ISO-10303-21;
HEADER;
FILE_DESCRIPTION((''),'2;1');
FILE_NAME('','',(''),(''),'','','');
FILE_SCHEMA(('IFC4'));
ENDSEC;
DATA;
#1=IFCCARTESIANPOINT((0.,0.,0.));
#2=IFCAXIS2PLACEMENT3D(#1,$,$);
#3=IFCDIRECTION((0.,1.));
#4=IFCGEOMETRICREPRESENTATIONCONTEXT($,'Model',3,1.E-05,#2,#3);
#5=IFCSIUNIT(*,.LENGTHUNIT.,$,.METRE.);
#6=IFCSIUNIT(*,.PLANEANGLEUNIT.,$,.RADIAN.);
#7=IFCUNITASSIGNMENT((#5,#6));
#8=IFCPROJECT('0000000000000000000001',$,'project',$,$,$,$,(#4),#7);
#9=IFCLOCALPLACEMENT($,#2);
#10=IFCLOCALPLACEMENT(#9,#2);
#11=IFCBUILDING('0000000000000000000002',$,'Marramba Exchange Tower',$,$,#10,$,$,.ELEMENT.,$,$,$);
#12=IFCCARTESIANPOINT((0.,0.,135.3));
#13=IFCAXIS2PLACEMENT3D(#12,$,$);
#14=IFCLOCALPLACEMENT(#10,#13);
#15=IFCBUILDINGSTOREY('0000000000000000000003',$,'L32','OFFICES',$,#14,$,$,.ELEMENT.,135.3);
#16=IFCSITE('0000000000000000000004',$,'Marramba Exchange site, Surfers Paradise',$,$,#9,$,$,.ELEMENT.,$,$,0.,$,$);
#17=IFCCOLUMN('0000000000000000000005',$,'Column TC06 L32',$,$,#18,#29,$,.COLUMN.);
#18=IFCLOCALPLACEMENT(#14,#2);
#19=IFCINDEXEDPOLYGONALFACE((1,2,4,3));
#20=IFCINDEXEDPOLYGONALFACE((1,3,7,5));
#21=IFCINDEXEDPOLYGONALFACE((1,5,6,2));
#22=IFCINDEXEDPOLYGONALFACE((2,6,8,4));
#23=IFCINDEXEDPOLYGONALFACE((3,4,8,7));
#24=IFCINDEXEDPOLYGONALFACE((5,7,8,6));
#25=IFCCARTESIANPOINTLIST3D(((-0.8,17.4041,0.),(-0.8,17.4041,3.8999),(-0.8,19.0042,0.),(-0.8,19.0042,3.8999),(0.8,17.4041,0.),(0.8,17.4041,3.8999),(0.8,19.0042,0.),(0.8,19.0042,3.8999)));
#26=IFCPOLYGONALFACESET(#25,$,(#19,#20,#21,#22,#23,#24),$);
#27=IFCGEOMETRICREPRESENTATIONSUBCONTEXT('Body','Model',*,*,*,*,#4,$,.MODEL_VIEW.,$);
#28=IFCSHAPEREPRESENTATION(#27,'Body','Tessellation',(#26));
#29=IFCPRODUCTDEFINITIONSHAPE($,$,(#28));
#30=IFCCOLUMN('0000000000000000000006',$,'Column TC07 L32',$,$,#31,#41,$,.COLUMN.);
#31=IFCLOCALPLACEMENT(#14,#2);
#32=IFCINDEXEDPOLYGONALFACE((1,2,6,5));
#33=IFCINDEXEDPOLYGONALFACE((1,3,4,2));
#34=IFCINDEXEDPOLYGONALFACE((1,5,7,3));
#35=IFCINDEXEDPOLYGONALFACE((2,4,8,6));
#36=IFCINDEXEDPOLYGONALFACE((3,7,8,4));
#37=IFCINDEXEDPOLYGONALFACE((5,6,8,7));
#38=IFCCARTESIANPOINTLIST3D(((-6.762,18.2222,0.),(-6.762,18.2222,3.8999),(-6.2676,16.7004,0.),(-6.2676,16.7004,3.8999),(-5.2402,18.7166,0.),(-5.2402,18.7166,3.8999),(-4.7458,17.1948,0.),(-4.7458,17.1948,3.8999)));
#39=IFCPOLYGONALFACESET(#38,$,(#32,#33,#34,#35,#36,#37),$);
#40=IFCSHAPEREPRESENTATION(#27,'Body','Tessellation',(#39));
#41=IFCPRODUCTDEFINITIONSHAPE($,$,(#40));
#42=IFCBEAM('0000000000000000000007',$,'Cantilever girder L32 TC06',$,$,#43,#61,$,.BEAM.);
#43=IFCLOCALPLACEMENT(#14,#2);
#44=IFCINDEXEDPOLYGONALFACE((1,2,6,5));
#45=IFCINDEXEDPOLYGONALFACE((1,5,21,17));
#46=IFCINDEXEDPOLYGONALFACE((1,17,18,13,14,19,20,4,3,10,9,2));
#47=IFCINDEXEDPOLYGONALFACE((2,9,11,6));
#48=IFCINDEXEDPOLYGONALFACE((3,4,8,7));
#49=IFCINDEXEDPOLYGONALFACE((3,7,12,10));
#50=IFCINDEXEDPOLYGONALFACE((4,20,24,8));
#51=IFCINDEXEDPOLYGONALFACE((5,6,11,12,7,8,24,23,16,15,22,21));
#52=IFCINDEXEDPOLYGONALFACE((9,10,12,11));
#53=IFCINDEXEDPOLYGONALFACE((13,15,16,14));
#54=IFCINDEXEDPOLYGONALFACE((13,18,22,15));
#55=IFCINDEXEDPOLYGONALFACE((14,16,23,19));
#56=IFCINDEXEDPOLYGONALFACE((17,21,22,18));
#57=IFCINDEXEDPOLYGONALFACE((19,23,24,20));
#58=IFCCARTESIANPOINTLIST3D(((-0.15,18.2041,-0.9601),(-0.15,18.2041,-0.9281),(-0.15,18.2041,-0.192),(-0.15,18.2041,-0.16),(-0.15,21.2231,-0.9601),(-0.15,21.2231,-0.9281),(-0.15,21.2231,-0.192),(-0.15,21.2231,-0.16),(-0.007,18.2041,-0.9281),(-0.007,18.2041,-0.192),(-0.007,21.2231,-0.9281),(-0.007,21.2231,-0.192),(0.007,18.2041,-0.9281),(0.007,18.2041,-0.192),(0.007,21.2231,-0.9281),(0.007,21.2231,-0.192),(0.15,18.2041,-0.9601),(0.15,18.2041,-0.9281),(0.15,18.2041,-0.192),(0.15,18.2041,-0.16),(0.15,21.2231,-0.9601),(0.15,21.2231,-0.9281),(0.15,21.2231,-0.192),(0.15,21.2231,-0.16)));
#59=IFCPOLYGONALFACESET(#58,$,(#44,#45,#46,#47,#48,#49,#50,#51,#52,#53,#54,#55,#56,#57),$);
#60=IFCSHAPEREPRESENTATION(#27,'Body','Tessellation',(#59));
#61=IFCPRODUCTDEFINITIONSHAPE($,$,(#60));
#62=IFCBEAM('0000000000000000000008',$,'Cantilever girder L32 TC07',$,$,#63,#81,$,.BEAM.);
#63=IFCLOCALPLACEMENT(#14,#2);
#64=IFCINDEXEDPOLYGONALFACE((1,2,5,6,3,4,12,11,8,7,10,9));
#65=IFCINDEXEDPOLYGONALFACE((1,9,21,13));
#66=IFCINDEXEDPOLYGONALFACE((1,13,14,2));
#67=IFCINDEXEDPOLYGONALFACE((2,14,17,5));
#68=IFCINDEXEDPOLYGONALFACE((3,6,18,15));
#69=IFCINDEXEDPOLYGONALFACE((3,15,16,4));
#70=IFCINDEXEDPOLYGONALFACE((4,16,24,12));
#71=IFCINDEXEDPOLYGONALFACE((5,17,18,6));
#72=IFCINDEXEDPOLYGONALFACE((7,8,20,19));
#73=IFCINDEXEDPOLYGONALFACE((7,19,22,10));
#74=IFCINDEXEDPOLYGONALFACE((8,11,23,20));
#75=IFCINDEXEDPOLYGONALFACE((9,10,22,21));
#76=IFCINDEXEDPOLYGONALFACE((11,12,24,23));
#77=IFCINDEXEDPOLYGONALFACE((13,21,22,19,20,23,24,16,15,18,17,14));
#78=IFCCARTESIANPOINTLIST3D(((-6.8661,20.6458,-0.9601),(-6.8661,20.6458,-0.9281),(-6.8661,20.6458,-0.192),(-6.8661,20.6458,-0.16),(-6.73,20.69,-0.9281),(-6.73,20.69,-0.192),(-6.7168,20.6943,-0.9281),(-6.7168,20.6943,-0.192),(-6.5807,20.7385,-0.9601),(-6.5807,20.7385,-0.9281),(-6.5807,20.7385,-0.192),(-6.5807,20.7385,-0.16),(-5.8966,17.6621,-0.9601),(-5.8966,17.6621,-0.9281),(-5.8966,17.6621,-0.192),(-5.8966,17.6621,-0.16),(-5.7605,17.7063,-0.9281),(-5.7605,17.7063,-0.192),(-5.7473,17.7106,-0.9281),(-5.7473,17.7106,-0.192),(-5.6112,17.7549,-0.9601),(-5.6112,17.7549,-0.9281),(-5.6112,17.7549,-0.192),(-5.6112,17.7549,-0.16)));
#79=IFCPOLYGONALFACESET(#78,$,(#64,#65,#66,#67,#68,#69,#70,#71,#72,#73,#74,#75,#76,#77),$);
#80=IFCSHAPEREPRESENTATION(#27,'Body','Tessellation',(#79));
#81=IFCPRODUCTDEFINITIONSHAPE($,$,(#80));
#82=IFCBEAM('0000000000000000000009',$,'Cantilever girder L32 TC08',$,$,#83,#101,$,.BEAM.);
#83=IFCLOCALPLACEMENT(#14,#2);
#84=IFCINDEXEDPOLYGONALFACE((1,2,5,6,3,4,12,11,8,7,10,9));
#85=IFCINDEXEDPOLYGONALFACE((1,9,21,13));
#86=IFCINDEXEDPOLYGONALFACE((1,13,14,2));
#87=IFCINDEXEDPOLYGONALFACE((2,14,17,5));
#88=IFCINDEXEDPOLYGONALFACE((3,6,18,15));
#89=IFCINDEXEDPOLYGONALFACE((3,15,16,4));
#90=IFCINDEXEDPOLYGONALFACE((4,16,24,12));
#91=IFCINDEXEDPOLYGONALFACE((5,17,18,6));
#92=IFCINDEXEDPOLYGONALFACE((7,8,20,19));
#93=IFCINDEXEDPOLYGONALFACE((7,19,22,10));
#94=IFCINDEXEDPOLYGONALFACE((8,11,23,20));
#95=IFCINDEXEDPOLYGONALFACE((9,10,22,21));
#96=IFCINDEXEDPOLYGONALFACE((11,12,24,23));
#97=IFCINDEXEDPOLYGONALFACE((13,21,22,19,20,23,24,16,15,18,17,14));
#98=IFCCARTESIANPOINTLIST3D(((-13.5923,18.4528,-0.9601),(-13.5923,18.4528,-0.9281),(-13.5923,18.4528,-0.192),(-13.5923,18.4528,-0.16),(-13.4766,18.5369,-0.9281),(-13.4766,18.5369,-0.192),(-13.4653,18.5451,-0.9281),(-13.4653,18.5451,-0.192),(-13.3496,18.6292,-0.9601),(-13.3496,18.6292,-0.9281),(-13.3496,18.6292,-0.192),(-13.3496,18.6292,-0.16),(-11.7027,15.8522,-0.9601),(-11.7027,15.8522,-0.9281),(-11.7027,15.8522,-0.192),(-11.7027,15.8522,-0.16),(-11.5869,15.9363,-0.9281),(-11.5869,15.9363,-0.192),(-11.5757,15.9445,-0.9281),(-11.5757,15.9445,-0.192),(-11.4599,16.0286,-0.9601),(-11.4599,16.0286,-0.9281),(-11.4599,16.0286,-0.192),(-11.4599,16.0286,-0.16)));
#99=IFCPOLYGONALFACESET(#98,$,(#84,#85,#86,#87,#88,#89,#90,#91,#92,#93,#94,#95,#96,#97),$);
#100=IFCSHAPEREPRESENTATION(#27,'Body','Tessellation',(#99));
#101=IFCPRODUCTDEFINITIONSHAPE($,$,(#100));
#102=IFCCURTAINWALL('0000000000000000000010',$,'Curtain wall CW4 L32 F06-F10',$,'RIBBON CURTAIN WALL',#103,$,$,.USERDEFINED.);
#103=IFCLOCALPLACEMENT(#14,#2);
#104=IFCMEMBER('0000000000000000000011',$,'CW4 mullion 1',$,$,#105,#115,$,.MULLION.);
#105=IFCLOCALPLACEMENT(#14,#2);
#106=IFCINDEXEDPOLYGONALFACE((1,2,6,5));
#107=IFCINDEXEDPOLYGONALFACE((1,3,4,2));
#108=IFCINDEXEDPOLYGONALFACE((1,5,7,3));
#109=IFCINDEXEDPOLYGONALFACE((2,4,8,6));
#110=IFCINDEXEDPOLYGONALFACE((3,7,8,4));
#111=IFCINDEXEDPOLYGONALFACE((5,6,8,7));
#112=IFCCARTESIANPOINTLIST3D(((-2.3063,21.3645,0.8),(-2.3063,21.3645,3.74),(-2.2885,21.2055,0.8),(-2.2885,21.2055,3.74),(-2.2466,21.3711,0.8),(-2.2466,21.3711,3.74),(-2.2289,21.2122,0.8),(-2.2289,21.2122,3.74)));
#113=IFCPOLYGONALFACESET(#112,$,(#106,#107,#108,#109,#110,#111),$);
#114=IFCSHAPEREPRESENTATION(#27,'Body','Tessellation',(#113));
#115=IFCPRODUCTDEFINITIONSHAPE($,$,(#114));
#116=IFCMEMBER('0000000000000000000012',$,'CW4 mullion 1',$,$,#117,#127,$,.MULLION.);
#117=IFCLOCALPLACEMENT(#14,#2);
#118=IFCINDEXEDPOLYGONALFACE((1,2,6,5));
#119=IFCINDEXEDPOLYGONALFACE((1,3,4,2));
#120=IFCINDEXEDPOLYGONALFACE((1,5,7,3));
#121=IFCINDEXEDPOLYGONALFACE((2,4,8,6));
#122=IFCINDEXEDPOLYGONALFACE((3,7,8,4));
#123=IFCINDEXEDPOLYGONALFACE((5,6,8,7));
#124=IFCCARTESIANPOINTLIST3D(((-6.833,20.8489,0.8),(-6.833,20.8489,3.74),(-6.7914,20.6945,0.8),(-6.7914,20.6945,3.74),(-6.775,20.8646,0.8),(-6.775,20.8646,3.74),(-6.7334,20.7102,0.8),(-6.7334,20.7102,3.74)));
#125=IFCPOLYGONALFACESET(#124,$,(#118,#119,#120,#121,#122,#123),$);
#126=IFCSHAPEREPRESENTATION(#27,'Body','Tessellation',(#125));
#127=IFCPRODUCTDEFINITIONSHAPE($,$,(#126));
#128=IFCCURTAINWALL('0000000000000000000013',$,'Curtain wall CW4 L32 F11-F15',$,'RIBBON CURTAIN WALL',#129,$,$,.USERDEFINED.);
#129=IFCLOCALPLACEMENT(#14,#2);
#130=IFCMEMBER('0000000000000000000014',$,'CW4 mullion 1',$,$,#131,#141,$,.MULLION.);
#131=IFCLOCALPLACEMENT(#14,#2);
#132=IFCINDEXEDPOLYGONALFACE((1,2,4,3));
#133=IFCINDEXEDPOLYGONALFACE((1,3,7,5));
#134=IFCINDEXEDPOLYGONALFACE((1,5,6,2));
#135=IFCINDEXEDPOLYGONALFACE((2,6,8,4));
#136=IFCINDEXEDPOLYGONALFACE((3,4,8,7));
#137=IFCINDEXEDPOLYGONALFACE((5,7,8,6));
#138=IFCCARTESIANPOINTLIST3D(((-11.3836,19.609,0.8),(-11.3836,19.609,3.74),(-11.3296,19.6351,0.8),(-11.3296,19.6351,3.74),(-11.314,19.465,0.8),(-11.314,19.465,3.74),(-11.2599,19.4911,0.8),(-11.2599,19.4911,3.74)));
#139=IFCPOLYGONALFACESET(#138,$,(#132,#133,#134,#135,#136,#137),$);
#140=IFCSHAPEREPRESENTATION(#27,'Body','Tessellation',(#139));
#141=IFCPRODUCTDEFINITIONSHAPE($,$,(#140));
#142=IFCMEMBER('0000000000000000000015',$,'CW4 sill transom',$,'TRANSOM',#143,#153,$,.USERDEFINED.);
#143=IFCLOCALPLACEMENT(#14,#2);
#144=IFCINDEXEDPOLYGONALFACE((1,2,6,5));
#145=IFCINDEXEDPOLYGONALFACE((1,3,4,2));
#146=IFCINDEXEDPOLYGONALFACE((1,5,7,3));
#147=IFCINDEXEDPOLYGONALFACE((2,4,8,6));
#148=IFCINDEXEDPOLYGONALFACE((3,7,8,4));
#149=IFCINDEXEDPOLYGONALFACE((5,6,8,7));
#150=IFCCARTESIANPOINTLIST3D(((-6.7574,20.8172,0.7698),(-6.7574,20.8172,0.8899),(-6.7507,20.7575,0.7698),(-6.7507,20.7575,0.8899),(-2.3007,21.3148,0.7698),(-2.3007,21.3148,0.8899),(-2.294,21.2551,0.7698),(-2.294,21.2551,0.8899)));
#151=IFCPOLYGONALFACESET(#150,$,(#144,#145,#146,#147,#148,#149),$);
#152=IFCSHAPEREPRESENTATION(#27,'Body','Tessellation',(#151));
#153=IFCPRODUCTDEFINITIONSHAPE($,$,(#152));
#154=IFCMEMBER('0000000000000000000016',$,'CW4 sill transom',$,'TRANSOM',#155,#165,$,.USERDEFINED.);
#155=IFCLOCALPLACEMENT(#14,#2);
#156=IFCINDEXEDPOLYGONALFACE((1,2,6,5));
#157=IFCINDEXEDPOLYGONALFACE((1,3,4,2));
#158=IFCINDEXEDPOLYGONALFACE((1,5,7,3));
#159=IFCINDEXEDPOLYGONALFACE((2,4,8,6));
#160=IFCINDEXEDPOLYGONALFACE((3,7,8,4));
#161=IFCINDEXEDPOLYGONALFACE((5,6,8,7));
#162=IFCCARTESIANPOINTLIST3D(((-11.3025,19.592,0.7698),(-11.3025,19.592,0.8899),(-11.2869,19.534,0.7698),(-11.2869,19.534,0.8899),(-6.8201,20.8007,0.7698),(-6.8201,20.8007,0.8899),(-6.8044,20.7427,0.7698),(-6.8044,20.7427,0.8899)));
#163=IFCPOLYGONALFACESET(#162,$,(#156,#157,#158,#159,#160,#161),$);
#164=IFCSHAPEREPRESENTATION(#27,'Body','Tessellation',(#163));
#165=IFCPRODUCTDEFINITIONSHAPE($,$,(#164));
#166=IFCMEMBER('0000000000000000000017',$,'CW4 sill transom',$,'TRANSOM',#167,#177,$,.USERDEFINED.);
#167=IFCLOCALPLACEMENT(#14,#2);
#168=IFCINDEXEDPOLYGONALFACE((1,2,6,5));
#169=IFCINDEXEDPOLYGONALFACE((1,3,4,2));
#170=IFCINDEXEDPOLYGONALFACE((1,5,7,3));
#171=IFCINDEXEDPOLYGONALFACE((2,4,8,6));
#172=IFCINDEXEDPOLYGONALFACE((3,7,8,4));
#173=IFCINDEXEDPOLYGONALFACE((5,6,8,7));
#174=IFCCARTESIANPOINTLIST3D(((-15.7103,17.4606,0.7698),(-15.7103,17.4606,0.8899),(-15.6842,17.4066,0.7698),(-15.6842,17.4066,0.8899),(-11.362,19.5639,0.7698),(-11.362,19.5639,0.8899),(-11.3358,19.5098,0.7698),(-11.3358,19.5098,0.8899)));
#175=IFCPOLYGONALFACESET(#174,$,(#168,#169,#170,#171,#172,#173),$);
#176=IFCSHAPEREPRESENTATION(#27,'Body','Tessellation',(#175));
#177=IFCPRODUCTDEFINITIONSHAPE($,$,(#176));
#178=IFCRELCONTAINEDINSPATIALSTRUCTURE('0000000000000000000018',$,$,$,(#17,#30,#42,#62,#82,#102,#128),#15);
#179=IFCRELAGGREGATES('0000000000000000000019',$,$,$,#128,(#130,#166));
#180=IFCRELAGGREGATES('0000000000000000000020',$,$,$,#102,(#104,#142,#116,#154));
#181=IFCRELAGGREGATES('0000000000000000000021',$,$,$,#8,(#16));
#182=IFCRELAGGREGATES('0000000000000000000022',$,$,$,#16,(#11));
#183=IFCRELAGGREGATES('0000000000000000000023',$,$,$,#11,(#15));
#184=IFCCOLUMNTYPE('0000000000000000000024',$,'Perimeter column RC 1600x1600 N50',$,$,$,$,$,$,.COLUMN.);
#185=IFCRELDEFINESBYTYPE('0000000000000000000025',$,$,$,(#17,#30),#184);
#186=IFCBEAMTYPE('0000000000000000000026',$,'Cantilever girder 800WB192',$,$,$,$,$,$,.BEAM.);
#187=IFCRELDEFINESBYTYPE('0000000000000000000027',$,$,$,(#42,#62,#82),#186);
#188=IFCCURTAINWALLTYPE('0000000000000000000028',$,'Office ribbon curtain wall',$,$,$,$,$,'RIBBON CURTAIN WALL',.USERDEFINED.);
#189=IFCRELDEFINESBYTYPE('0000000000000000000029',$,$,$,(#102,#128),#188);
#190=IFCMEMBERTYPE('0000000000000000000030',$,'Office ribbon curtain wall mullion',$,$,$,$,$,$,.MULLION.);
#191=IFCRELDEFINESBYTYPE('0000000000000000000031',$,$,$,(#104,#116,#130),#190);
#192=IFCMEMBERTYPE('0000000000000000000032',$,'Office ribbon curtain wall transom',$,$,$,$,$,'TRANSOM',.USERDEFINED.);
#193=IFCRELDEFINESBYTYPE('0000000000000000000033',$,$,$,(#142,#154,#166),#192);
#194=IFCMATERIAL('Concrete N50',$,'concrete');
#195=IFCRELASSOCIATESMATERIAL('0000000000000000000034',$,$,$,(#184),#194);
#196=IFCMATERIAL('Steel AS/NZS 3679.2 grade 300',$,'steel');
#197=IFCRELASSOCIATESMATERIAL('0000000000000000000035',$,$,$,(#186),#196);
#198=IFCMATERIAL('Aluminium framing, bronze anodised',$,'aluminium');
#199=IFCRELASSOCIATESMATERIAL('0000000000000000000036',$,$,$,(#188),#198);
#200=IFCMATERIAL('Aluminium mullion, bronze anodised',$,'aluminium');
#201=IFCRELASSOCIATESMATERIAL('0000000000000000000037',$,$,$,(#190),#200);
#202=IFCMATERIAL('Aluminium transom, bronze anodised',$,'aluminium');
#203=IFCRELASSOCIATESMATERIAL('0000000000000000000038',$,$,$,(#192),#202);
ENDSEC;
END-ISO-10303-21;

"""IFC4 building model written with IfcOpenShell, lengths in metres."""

from ifc_helpers import new_model, si_unit, direction, frame, origin, origin_2d, place, context, subcontext, project, spatial, rectangle, i_section, extrude, material, material_profile, profile_set, type_object, element, aggregate, save


model = new_model("IFC4")

# Units and contexts
model_context = context("Model", 3, precision=1e-05, world=origin(), true_north=direction((0.0, 1.0)))
body_context = subcontext(model_context, "Body", "Model", "MODEL_VIEW")
ifc_project = project(units=[si_unit("LENGTHUNIT", "METRE"), si_unit("PLANEANGLEUNIT", "RADIAN")], contexts=[model_context])

# Site, building, storey
site_placement = place(None, origin())
site = spatial("IfcSite", under=ifc_project, at=site_placement, Name="Marramba Exchange site, Surfers Paradise", CompositionType="ELEMENT", RefElevation=0.0)
building_placement = place(site_placement, origin())
building = spatial("IfcBuilding", under=site, at=building_placement, Name="Marramba Exchange Tower", CompositionType="ELEMENT")
storey_placement = place(building_placement, frame((0.0, 0.0, 135.3)))
storey = spatial("IfcBuildingStorey", under=building, at=storey_placement, Name="L32", Description="OFFICES", CompositionType="ELEMENT", Elevation=135.3)

# Columns
ifc_material_1 = material(Name="Concrete N50", Category="concrete")
ifc_material_profile_1 = material_profile(ifc_material_1, rectangle(XDim=1.6001, YDim=1.6001, at=origin_2d()), Name="RC 1600x1600")
ifc_profile_set_1 = profile_set([ifc_material_profile_1], Name="Concrete N50")
column_type = type_object("IfcColumnType", Name="Perimeter column RC 1600x1600 N50", PredefinedType="COLUMN", material=ifc_profile_set_1)
for number, where, z_axis, x_axis, name in (
    (1, (0.0, 18.2041, 0.0), (0.0, 0.0, 1.0), (0.0, 1.0, 0.0), "Column TC06 L32"),
    (2, (-5.7539, 17.7085, 0.0), (0.0, 0.0, 1.0), (-0.309017, 0.951057, 0.0), "Column TC07 L32"),
):
    element("IfcColumn", number, at=place(storey_placement, frame(where, z_axis=z_axis, x_axis=x_axis)), inside=storey, type_object=column_type, Name=name, PredefinedType="COLUMN", context=body_context, shape_type="SweptSolid", body=[
        extrude(rectangle(XDim=1.6001, YDim=1.6001, at=origin_2d()), origin(), (0.0, 0.0, 1.0), 3.8999),
    ])

# Beams
ifc_material_2 = material(Name="Steel AS/NZS 3679.2 grade 300", Category="steel")
ifc_material_profile_2 = material_profile(ifc_material_2, i_section(OverallWidth=0.3, OverallDepth=0.8, WebThickness=0.0139, FlangeThickness=0.032, at=origin_2d()), Name="800WB192")
ifc_profile_set_2 = profile_set([ifc_material_profile_2], Name="Steel AS/NZS 3679.2 grade 300")
beam_type_1 = type_object("IfcBeamType", Name="Cantilever girder 800WB192", PredefinedType="BEAM", material=ifc_profile_set_2)
beam_1_placement = place(storey_placement, frame((0.0, 18.2041, -0.5601), z_axis=(0.0, 1.0, 0.0), x_axis=(-1.0, 0.0, 0.0)))
element("IfcBeam", 3, at=beam_1_placement, inside=storey, type_object=beam_type_1, Name="Cantilever girder L32 TC06", PredefinedType="BEAM", context=body_context, shape_type="SweptSolid", body=[
    extrude(i_section(OverallWidth=0.3, OverallDepth=0.8, WebThickness=0.0139, FlangeThickness=0.032, at=origin_2d()), origin(), (0.0, 0.0, 1.0), 3.019),
])
beam_2_placement = place(storey_placement, frame((-5.7539, 17.7085, -0.5601), z_axis=(-0.309028, 0.951053, 0.0), x_axis=(-0.951053, -0.309028, 0.0)))
element("IfcBeam", 4, at=beam_2_placement, inside=storey, type_object=beam_type_1, Name="Cantilever girder L32 TC07", PredefinedType="BEAM", context=body_context, shape_type="SweptSolid", body=[
    extrude(i_section(OverallWidth=0.3, OverallDepth=0.8, WebThickness=0.0139, FlangeThickness=0.032, at=origin_2d()), origin(), (0.0, 0.0, 1.0), 3.1372),
])
beam_3_placement = place(storey_placement, frame((-11.5813, 15.9404, -0.5601), z_axis=(-0.587828, 0.808986, 0.0), x_axis=(-0.808986, -0.587828, 0.0)))
element("IfcBeam", 5, at=beam_3_placement, inside=storey, type_object=beam_type_1, Name="Cantilever girder L32 TC08", PredefinedType="BEAM", context=body_context, shape_type="SweptSolid", body=[
    extrude(i_section(OverallWidth=0.3, OverallDepth=0.8, WebThickness=0.0139, FlangeThickness=0.032, at=origin_2d()), origin(), (0.0, 0.0, 1.0), 3.2146),
])

# Curtain wall, members
ifc_material_3 = material(Name="Aluminium framing, bronze anodised", Category="aluminium")
curtain_wall_type = type_object("IfcCurtainWallType", Name="Office ribbon curtain wall", ElementType="RIBBON CURTAIN WALL", PredefinedType="USERDEFINED", material=ifc_material_3)
curtain_wall_1_placement = place(storey_placement, origin())
curtain_wall_1 = element("IfcCurtainWall", 6, at=curtain_wall_1_placement, inside=storey, type_object=curtain_wall_type, Name="Curtain wall CW4 L32 F06-F10", ObjectType="RIBBON CURTAIN WALL", PredefinedType="USERDEFINED")
ifc_material_4 = material(Name="Aluminium mullion, bronze anodised", Category="aluminium")
ifc_material_profile_3 = material_profile(ifc_material_4, rectangle(XDim=0.1599, YDim=0.0601, at=origin_2d()), Name="CW4 mullion 60x160")
ifc_profile_set_3 = profile_set([ifc_material_profile_3], Name="Aluminium mullion, bronze anodised")
member_type_1 = type_object("IfcMemberType", Name="Office ribbon curtain wall mullion", PredefinedType="MULLION", material=ifc_profile_set_3)
member_1_placement = place(storey_placement, frame((-2.2676, 21.2883, 0.8), z_axis=(0.0, 0.0, 1.0), x_axis=(0.110973, -0.993823, 0.0)))
member_1 = element("IfcMember", 7, at=member_1_placement, type_object=member_type_1, Name="CW4 mullion 1", PredefinedType="MULLION", context=body_context, shape_type="SweptSolid", body=[
    extrude(rectangle(XDim=0.1599, YDim=0.0601, at=origin_2d()), origin(), (0.0, 0.0, 1.0), 2.9399),
])
member_2_placement = place(storey_placement, frame((-6.7832, 20.7795, 0.8), z_axis=(0.0, 0.0, 1.0), x_axis=(0.260321, -0.965522, 0.0)))
member_2 = element("IfcMember", 8, at=member_2_placement, type_object=member_type_1, Name="CW4 mullion 1", PredefinedType="MULLION", context=body_context, shape_type="SweptSolid", body=[
    extrude(rectangle(XDim=0.1599, YDim=0.0601, at=origin_2d()), origin(), (0.0, 0.0, 1.0), 2.9399),
])

# Curtain wall, member
curtain_wall_2_placement = place(storey_placement, origin())
curtain_wall_2 = element("IfcCurtainWall", 9, at=curtain_wall_2_placement, inside=storey, type_object=curtain_wall_type, Name="Curtain wall CW4 L32 F11-F15", ObjectType="RIBBON CURTAIN WALL", PredefinedType="USERDEFINED")
member_3_placement = place(storey_placement, frame((-11.3218, 19.55, 0.8), z_axis=(0.0, 0.0, 1.0), x_axis=(0.435428, -0.900224, 0.0)))
member_3 = element("IfcMember", 10, at=member_3_placement, type_object=member_type_1, Name="CW4 mullion 1", PredefinedType="MULLION", context=body_context, shape_type="SweptSolid", body=[
    extrude(rectangle(XDim=0.1599, YDim=0.0601, at=origin_2d()), origin(), (0.0, 0.0, 1.0), 2.9399),
])

# Members
ifc_material_5 = material(Name="Aluminium transom, bronze anodised", Category="aluminium")
ifc_material_profile_4 = material_profile(ifc_material_5, rectangle(XDim=0.0601, YDim=0.1201, at=origin_2d()), Name="CW4 transom 60x120")
ifc_profile_set_4 = profile_set([ifc_material_profile_4], Name="Aluminium transom, bronze anodised")
member_type_2 = type_object("IfcMemberType", Name="Office ribbon curtain wall transom", ElementType="TRANSOM", PredefinedType="USERDEFINED", material=ifc_profile_set_4)
member_4_placement = place(storey_placement, frame((-2.2974, 21.2849, 0.8298), z_axis=(-0.993826, -0.110951, 0.0), x_axis=(0.110951, -0.993826, 0.0)))
member_4 = element("IfcMember", 11, at=member_4_placement, type_object=member_type_2, Name="CW4 sill transom", ObjectType="TRANSOM", PredefinedType="USERDEFINED", context=body_context, shape_type="SweptSolid", body=[
    extrude(rectangle(XDim=0.0601, YDim=0.1201, at=origin_2d()), origin(), (0.0, 0.0, 1.0), 4.4844),
])
member_5_placement = place(storey_placement, frame((-6.8123, 20.7717, 0.8298), z_axis=(-0.965511, -0.260362, 0.0), x_axis=(0.260362, -0.965511, 0.0)))
member_5 = element("IfcMember", 12, at=member_5_placement, type_object=member_type_2, Name="CW4 sill transom", ObjectType="TRANSOM", PredefinedType="USERDEFINED", context=body_context, shape_type="SweptSolid", body=[
    extrude(rectangle(XDim=0.0601, YDim=0.1201, at=origin_2d()), origin(), (0.0, 0.0, 1.0), 4.6426),
])
member_6_placement = place(storey_placement, frame((-11.3489, 19.5369, 0.8298), z_axis=(-0.900223, -0.435429, 0.0), x_axis=(0.435429, -0.900223, 0.0)))
member_6 = element("IfcMember", 13, at=member_6_placement, type_object=member_type_2, Name="CW4 sill transom", ObjectType="TRANSOM", PredefinedType="USERDEFINED", context=body_context, shape_type="SweptSolid", body=[
    extrude(rectangle(XDim=0.0601, YDim=0.1201, at=origin_2d()), origin(), (0.0, 0.0, 1.0), 4.8303),
])
aggregate(curtain_wall_2, [member_3, member_6])

aggregate(curtain_wall_1, [member_1, member_4, member_2, member_5])

save(model, "model.ifc")
